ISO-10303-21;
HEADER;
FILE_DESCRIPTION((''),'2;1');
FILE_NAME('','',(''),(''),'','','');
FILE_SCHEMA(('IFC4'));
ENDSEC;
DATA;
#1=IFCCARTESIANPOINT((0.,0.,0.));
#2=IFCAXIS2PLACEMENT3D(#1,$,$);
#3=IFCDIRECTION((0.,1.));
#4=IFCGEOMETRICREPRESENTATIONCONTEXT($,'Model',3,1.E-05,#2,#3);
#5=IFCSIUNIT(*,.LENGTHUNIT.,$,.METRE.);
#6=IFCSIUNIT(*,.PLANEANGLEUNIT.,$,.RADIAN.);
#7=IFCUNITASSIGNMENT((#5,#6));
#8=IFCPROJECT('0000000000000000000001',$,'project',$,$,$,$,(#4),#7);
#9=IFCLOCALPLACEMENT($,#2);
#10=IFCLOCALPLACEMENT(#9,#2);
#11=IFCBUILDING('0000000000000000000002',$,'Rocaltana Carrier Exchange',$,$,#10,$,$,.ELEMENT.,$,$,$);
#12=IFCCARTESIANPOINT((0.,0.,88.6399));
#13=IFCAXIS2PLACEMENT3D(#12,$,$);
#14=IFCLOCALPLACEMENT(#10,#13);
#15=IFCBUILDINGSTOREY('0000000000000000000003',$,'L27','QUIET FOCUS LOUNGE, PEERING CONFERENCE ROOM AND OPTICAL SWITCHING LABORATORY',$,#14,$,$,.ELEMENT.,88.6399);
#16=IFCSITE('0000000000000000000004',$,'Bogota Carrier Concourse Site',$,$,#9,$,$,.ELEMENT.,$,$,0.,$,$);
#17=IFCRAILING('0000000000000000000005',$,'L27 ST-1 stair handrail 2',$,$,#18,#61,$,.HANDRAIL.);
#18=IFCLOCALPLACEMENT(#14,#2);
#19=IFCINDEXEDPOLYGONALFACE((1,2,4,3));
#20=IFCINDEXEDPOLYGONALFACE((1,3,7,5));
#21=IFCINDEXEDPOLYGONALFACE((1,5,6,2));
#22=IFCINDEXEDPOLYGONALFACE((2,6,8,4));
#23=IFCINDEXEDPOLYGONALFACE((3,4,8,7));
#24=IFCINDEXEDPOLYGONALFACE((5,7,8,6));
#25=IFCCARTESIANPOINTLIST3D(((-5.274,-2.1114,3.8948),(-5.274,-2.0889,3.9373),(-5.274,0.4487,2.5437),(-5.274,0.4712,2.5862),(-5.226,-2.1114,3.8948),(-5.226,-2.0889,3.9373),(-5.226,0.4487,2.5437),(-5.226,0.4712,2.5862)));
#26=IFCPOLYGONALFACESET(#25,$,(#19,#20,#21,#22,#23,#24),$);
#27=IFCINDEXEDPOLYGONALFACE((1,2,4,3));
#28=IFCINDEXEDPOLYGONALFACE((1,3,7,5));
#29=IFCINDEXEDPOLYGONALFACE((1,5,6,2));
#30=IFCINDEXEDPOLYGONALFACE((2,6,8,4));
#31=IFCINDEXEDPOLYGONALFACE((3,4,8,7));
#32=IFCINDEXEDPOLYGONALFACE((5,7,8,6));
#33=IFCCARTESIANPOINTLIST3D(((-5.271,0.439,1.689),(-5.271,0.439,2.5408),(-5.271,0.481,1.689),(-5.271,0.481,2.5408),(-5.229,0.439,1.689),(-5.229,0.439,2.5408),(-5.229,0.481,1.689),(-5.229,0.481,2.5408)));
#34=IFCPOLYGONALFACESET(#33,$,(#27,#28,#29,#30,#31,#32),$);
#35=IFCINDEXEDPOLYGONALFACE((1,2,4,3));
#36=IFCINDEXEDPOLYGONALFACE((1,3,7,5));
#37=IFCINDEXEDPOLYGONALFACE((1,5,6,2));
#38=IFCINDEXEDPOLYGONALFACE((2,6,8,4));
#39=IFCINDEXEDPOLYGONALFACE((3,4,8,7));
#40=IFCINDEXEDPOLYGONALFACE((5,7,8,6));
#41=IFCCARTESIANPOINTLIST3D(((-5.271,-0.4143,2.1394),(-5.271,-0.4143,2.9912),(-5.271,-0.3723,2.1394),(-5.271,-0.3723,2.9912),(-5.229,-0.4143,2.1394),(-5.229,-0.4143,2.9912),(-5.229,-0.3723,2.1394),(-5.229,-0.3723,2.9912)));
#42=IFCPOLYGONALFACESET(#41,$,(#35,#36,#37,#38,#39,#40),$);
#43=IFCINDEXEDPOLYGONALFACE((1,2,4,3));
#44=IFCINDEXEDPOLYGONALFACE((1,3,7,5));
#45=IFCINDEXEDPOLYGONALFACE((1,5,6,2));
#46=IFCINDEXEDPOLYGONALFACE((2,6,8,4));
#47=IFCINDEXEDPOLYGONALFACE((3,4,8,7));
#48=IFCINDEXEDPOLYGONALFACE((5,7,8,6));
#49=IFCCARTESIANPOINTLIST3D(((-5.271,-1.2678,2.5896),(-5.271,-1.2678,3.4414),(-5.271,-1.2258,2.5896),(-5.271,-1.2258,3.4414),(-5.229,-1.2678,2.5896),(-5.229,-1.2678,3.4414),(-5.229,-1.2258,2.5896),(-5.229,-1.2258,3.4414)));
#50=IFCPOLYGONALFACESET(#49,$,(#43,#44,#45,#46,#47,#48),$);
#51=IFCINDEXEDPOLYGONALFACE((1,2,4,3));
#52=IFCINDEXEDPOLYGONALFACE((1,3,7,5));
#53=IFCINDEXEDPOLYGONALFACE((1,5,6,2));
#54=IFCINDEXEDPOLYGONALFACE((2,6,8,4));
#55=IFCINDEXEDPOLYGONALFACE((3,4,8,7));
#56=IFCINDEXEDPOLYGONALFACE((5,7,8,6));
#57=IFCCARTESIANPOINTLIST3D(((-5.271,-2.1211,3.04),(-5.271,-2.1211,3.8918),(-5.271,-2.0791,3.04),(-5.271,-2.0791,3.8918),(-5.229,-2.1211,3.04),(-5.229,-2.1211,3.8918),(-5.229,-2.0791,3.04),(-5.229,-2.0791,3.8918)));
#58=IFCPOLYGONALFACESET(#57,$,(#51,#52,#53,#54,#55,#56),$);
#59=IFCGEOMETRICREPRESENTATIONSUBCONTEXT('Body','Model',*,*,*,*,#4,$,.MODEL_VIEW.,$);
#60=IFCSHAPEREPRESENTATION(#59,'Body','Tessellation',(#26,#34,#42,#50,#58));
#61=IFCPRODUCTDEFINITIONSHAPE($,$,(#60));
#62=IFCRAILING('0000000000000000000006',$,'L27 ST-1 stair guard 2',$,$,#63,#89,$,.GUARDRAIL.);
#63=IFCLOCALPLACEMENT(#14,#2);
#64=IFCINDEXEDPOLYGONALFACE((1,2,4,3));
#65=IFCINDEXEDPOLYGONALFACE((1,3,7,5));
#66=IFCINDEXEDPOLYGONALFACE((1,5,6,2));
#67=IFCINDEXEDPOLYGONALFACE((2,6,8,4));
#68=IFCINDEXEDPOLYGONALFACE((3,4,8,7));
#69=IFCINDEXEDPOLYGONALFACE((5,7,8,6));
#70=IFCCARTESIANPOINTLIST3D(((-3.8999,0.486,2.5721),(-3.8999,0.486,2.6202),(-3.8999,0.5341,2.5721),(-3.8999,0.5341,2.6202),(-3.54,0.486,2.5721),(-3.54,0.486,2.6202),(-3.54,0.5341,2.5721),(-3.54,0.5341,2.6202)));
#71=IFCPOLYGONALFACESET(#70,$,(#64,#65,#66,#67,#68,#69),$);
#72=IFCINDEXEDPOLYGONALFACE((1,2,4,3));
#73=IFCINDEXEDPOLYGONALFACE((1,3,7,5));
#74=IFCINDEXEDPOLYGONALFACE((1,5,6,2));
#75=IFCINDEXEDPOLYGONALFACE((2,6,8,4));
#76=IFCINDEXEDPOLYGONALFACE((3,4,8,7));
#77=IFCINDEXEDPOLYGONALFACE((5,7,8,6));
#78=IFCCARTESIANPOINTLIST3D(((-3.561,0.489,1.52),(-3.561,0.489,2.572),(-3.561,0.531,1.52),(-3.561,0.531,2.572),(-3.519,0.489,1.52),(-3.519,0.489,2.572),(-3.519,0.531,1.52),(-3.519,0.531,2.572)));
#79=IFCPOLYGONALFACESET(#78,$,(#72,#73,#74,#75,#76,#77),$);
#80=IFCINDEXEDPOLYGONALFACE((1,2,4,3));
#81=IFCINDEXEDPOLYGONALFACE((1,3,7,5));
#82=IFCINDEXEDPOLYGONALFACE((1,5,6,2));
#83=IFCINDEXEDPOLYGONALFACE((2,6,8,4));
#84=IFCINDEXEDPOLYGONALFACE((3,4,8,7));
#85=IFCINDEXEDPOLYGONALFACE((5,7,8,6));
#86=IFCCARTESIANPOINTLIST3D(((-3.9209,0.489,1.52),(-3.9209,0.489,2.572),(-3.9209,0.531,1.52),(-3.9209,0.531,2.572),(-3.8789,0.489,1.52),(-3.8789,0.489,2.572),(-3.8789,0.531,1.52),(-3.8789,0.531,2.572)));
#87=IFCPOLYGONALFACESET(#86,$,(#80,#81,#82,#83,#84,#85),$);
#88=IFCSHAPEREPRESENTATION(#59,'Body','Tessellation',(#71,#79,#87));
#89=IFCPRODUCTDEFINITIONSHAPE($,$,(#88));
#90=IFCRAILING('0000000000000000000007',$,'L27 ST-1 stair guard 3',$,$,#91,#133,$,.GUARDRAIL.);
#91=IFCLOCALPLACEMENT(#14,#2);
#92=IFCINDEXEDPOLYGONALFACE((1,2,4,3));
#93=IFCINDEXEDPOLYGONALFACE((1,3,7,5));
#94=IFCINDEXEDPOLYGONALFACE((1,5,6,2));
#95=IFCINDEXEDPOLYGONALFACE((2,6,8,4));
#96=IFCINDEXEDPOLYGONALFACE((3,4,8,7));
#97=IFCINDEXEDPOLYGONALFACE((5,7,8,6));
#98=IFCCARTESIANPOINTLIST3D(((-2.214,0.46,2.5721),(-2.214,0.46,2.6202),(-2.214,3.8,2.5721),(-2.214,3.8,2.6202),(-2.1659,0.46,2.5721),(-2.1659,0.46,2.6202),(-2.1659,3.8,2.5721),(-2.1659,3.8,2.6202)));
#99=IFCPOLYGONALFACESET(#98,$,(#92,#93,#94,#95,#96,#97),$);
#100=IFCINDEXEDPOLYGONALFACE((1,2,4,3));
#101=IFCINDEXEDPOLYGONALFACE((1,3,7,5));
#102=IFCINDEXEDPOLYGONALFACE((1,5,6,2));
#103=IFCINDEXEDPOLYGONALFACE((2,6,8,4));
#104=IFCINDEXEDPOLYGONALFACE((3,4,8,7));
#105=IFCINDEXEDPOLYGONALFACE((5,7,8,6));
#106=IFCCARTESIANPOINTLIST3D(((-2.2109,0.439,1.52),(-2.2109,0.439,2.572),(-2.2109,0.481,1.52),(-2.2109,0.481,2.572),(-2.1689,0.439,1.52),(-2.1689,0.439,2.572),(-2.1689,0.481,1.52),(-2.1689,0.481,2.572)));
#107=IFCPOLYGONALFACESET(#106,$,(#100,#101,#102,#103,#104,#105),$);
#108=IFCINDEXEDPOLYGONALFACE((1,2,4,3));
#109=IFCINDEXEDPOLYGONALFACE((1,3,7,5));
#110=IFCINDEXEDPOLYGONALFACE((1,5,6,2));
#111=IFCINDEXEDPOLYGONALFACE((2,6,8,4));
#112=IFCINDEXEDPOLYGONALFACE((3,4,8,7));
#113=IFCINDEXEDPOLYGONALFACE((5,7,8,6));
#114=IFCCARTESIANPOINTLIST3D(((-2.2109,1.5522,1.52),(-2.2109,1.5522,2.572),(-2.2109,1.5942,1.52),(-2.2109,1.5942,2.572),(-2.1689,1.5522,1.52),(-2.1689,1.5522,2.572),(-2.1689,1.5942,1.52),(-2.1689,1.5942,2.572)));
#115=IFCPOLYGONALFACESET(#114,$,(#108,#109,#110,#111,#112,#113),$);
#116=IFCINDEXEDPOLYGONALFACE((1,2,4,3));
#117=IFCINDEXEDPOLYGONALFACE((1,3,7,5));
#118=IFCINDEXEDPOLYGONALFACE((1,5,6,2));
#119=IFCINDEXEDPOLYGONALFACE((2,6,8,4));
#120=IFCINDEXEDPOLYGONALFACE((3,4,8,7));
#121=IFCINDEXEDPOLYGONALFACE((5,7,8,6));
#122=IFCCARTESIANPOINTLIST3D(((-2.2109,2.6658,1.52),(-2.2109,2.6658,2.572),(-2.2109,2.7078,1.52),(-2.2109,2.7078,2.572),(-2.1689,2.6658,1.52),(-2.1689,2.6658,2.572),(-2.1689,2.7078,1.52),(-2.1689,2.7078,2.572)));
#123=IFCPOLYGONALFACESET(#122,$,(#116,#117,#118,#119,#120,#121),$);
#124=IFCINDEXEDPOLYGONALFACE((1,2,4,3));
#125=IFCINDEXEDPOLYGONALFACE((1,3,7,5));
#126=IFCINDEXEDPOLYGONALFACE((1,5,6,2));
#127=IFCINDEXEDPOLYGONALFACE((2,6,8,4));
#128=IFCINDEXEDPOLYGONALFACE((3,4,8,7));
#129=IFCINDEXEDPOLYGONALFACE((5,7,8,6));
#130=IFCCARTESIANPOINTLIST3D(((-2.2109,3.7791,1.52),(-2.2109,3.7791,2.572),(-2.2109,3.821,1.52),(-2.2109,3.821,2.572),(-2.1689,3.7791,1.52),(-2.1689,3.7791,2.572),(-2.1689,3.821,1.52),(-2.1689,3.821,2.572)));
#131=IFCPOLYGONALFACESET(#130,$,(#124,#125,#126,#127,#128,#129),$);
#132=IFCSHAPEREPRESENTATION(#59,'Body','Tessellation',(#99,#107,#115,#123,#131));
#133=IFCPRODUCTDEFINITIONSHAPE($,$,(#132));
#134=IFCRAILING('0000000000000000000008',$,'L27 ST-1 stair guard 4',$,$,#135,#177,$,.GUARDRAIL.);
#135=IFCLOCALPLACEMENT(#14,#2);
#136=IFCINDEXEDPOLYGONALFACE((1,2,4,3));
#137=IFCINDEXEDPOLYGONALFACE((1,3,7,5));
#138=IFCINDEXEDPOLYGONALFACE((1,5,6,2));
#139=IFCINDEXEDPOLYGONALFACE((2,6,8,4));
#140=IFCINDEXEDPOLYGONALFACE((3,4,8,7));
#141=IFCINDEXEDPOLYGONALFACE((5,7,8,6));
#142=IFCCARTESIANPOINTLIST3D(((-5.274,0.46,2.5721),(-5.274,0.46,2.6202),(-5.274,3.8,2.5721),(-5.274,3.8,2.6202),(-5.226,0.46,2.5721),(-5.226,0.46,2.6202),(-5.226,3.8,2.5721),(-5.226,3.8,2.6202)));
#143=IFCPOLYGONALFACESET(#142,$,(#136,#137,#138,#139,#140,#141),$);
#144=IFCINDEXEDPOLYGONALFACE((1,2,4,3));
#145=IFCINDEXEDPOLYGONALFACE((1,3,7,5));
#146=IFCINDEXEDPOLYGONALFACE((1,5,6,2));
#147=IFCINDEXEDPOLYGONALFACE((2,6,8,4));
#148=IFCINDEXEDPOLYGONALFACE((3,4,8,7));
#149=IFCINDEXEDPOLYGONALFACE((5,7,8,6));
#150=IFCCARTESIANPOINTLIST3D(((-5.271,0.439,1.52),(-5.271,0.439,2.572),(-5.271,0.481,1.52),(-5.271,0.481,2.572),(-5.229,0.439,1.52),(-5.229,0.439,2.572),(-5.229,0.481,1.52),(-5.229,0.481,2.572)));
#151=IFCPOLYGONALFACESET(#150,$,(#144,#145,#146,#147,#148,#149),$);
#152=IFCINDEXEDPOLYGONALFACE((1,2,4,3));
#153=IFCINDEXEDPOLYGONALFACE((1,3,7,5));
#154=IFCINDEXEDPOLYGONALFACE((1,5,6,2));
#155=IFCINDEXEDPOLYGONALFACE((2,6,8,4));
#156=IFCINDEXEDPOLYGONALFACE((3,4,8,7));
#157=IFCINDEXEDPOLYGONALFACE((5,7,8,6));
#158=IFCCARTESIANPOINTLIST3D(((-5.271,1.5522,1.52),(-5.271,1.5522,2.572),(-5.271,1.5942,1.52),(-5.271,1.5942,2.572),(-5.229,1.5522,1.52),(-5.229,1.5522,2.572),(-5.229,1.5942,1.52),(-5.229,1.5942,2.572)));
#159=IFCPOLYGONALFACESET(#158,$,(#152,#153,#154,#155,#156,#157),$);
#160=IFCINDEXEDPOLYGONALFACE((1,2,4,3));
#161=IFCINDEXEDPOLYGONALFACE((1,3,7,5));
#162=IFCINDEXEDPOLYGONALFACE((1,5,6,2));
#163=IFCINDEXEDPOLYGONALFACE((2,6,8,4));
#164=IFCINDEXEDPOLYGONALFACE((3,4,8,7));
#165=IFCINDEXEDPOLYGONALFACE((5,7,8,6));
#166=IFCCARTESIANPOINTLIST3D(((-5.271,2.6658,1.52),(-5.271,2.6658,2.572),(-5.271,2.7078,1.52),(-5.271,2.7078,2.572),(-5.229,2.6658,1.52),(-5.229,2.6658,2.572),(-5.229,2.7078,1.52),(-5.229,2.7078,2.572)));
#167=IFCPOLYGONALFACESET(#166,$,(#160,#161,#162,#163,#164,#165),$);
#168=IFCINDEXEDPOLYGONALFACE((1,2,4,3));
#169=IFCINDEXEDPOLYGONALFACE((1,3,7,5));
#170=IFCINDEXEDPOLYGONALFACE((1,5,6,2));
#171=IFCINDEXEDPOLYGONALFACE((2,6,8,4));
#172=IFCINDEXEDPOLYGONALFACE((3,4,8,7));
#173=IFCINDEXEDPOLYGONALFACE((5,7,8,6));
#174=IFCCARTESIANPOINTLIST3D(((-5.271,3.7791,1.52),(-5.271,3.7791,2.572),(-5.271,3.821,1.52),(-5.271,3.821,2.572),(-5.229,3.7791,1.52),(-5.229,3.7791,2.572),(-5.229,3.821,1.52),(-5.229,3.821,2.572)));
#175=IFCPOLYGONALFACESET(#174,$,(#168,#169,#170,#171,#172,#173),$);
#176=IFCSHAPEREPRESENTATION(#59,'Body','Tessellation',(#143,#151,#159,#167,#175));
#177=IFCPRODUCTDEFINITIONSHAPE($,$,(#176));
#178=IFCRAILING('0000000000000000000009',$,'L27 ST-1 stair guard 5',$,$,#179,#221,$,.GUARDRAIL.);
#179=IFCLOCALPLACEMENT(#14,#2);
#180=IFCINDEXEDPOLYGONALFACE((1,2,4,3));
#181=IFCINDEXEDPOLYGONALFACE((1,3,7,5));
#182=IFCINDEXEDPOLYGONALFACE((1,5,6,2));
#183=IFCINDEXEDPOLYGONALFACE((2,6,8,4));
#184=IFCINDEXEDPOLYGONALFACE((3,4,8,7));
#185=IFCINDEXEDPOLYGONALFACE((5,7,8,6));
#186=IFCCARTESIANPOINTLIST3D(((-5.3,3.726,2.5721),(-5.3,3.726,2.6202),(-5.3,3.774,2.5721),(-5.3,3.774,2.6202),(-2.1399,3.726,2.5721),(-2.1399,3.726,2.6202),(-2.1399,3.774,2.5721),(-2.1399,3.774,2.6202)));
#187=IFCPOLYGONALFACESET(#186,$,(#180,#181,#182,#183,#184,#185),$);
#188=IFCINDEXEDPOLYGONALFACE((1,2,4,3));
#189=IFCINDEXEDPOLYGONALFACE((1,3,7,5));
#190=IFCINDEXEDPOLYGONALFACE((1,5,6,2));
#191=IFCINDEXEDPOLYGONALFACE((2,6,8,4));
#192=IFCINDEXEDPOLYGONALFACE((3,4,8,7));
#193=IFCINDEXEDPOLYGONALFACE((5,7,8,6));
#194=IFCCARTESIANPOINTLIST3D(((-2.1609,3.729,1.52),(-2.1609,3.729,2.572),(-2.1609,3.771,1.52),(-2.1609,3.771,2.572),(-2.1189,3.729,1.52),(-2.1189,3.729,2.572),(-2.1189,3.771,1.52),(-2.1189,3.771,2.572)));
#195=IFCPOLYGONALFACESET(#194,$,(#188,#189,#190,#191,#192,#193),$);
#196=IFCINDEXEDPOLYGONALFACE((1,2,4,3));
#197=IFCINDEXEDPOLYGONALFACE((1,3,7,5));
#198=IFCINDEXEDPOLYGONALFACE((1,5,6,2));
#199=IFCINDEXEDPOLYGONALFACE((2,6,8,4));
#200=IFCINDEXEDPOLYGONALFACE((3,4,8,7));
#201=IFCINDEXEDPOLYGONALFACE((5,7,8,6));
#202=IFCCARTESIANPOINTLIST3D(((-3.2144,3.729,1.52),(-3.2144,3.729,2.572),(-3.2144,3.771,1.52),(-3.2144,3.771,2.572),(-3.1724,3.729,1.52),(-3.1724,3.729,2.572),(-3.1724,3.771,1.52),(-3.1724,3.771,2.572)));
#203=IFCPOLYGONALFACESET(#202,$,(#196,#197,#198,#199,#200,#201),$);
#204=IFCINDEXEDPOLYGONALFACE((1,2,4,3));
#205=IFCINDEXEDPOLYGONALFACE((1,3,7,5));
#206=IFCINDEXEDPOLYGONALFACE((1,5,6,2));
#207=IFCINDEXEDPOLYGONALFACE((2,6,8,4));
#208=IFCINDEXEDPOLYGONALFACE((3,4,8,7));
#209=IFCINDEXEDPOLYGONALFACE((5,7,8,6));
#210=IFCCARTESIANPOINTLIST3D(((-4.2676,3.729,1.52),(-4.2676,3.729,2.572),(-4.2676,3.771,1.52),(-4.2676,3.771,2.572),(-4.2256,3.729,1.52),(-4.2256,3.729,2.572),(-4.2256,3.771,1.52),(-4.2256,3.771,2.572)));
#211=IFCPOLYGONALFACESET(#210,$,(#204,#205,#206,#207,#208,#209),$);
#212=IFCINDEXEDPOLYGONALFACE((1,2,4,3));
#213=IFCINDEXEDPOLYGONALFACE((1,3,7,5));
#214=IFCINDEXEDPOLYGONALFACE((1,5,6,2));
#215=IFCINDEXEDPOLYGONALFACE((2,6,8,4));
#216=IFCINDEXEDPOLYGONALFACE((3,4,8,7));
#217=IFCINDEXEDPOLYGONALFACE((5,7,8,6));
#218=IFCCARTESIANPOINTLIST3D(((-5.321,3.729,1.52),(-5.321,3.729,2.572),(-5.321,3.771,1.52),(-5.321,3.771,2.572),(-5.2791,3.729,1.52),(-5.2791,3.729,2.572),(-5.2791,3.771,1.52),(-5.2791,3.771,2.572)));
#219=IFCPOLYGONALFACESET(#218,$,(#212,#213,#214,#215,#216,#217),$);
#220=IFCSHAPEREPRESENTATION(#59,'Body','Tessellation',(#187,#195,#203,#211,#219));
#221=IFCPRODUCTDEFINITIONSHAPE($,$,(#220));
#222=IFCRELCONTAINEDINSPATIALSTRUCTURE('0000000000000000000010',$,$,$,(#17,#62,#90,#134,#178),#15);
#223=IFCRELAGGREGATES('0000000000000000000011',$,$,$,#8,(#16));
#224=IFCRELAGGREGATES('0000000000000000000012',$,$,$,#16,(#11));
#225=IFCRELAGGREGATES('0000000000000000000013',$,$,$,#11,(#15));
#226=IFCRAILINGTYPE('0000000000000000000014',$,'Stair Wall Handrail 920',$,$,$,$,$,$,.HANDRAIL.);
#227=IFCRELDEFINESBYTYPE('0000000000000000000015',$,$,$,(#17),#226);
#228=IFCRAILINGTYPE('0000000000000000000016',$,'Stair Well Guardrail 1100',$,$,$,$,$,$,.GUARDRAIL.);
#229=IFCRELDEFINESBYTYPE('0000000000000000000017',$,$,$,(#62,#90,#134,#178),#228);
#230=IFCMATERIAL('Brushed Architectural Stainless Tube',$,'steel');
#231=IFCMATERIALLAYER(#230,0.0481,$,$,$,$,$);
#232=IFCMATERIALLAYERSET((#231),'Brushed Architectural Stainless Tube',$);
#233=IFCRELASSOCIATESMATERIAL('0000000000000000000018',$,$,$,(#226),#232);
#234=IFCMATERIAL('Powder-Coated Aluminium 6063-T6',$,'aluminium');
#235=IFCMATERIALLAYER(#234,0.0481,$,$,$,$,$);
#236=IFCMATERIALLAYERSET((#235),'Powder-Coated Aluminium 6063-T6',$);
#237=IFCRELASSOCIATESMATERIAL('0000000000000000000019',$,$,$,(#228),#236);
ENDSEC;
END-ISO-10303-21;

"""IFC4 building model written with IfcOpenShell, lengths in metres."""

from ifc_helpers import new_model, si_unit, direction, frame, origin, origin_2d, place, context, subcontext, project, spatial, rectangle, extrude, material, layer, layer_set, type_object, element, save


model = new_model("IFC4")

# Units and contexts
model_context = context("Model", 3, precision=1e-05, world=origin(), true_north=direction((0.0, 1.0)))
body_context = subcontext(model_context, "Body", "Model", "MODEL_VIEW")
ifc_project = project(units=[si_unit("LENGTHUNIT", "METRE"), si_unit("PLANEANGLEUNIT", "RADIAN")], contexts=[model_context])

# Site, building, storey
site_placement = place(None, origin())
site = spatial("IfcSite", under=ifc_project, at=site_placement, Name="Bogota Carrier Concourse Site", CompositionType="ELEMENT", RefElevation=0.0)
building_placement = place(site_placement, origin())
building = spatial("IfcBuilding", under=site, at=building_placement, Name="Rocaltana Carrier Exchange", CompositionType="ELEMENT")
storey_placement = place(building_placement, frame((0.0, 0.0, 88.6399)))
storey = spatial("IfcBuildingStorey", under=building, at=storey_placement, Name="L27", Description="QUIET FOCUS LOUNGE, PEERING CONFERENCE ROOM AND OPTICAL SWITCHING LABORATORY", CompositionType="ELEMENT", Elevation=88.6399)

# Railings
ifc_material_1 = material(Name="Brushed Architectural Stainless Tube", Category="steel")
ifc_layer_1 = layer(ifc_material_1, 0.0481)
ifc_layer_set_1 = layer_set([ifc_layer_1], Name="Brushed Architectural Stainless Tube")
railing_type_1 = type_object("IfcRailingType", Name="Stair Wall Handrail 920", PredefinedType="HANDRAIL", material=ifc_layer_set_1)
railing_1_placement = place(storey_placement, frame((-5.25, 0.46, 1.689)))
element("IfcRailing", 1, at=railing_1_placement, inside=storey, type_object=railing_type_1, Name="L27 ST-1 stair handrail 2", PredefinedType="HANDRAIL", context=body_context, shape_type="SweptSolid", body=[
    extrude(rectangle(XDim=0.0481, YDim=0.0481, at=origin_2d()), frame((0.0, 0.0, 0.876), z_axis=(0.0, -0.884394, 0.46674), x_axis=(1.0, 0.0, 0.0)), (0.0, 0.0, 1.0), 2.8948),
    extrude(rectangle(XDim=0.042, YDim=0.042, at=origin_2d()), origin(), (0.0, 0.0, 1.0), 0.8518),
    extrude(rectangle(XDim=0.042, YDim=0.042, at=origin_2d()), frame((0.0, -0.8533, 0.4504)), (0.0, 0.0, 1.0), 0.8518),
    extrude(rectangle(XDim=0.042, YDim=0.042, at=origin_2d()), frame((0.0, -1.7068, 0.9006)), (0.0, 0.0, 1.0), 0.8518),
    extrude(rectangle(XDim=0.042, YDim=0.042, at=origin_2d()), frame((0.0, -2.5601, 1.3511)), (0.0, 0.0, 1.0), 0.8518),
])
ifc_material_2 = material(Name="Powder-Coated Aluminium 6063-T6", Category="aluminium")
ifc_layer_2 = layer(ifc_material_2, 0.0481)
ifc_layer_set_2 = layer_set([ifc_layer_2], Name="Powder-Coated Aluminium 6063-T6")
railing_type_2 = type_object("IfcRailingType", Name="Stair Well Guardrail 1100", PredefinedType="GUARDRAIL", material=ifc_layer_set_2)
railing_2_placement = place(storey_placement, frame((-3.54, 0.51, 1.52)))
element("IfcRailing", 2, at=railing_2_placement, inside=storey, type_object=railing_type_2, Name="L27 ST-1 stair guard 2", PredefinedType="GUARDRAIL", context=body_context, shape_type="SweptSolid", body=[
    extrude(rectangle(XDim=0.0481, YDim=0.0481, at=origin_2d()), frame((0.0, 0.0, 1.0762), z_axis=(-1.0, 0.0, 0.0), x_axis=(0.0, -1.0, 0.0)), (0.0, 0.0, 1.0), 0.3599),
    extrude(rectangle(XDim=0.042, YDim=0.042, at=origin_2d()), origin(), (0.0, 0.0, 1.0), 1.052),
    extrude(rectangle(XDim=0.042, YDim=0.042, at=origin_2d()), frame((-0.3599, 0.0, 0.0)), (0.0, 0.0, 1.0), 1.052),
])
for number, where, name in (
    (3, (-2.1899, 0.46, 1.52), "L27 ST-1 stair guard 3"),
    (4, (-5.25, 0.46, 1.52), "L27 ST-1 stair guard 4"),
):
    element("IfcRailing", number, at=place(storey_placement, frame(where)), inside=storey, type_object=railing_type_2, Name=name, PredefinedType="GUARDRAIL", context=body_context, shape_type="SweptSolid", body=[
        extrude(rectangle(XDim=0.0481, YDim=0.0481, at=origin_2d()), frame((0.0, 0.0, 1.0762), z_axis=(0.0, 1.0, 0.0), x_axis=(-1.0, 0.0, 0.0)), (0.0, 0.0, 1.0), 3.3401),
        extrude(rectangle(XDim=0.042, YDim=0.042, at=origin_2d()), origin(), (0.0, 0.0, 1.0), 1.052),
        extrude(rectangle(XDim=0.042, YDim=0.042, at=origin_2d()), frame((0.0, 1.1133, 0.0)), (0.0, 0.0, 1.0), 1.052),
        extrude(rectangle(XDim=0.042, YDim=0.042, at=origin_2d()), frame((0.0, 2.2268, 0.0)), (0.0, 0.0, 1.0), 1.052),
        extrude(rectangle(XDim=0.042, YDim=0.042, at=origin_2d()), frame((0.0, 3.3401, 0.0)), (0.0, 0.0, 1.0), 1.052),
    ])
railing_3_placement = place(storey_placement, frame((-2.1399, 3.75, 1.52)))
element("IfcRailing", 5, at=railing_3_placement, inside=storey, type_object=railing_type_2, Name="L27 ST-1 stair guard 5", PredefinedType="GUARDRAIL", context=body_context, shape_type="SweptSolid", body=[
    extrude(rectangle(XDim=0.0481, YDim=0.0481, at=origin_2d()), frame((0.0, 0.0, 1.0762), z_axis=(-1.0, 0.0, 0.0), x_axis=(0.0, -1.0, 0.0)), (0.0, 0.0, 1.0), 3.1602),
    extrude(rectangle(XDim=0.042, YDim=0.042, at=origin_2d()), origin(), (0.0, 0.0, 1.0), 1.052),
    extrude(rectangle(XDim=0.042, YDim=0.042, at=origin_2d()), frame((-1.0535, 0.0, 0.0)), (0.0, 0.0, 1.0), 1.052),
    extrude(rectangle(XDim=0.042, YDim=0.042, at=origin_2d()), frame((-2.1067, 0.0, 0.0)), (0.0, 0.0, 1.0), 1.052),
    extrude(rectangle(XDim=0.042, YDim=0.042, at=origin_2d()), frame((-3.1602, 0.0, 0.0)), (0.0, 0.0, 1.0), 1.052),
])

save(model, "model.ifc")
